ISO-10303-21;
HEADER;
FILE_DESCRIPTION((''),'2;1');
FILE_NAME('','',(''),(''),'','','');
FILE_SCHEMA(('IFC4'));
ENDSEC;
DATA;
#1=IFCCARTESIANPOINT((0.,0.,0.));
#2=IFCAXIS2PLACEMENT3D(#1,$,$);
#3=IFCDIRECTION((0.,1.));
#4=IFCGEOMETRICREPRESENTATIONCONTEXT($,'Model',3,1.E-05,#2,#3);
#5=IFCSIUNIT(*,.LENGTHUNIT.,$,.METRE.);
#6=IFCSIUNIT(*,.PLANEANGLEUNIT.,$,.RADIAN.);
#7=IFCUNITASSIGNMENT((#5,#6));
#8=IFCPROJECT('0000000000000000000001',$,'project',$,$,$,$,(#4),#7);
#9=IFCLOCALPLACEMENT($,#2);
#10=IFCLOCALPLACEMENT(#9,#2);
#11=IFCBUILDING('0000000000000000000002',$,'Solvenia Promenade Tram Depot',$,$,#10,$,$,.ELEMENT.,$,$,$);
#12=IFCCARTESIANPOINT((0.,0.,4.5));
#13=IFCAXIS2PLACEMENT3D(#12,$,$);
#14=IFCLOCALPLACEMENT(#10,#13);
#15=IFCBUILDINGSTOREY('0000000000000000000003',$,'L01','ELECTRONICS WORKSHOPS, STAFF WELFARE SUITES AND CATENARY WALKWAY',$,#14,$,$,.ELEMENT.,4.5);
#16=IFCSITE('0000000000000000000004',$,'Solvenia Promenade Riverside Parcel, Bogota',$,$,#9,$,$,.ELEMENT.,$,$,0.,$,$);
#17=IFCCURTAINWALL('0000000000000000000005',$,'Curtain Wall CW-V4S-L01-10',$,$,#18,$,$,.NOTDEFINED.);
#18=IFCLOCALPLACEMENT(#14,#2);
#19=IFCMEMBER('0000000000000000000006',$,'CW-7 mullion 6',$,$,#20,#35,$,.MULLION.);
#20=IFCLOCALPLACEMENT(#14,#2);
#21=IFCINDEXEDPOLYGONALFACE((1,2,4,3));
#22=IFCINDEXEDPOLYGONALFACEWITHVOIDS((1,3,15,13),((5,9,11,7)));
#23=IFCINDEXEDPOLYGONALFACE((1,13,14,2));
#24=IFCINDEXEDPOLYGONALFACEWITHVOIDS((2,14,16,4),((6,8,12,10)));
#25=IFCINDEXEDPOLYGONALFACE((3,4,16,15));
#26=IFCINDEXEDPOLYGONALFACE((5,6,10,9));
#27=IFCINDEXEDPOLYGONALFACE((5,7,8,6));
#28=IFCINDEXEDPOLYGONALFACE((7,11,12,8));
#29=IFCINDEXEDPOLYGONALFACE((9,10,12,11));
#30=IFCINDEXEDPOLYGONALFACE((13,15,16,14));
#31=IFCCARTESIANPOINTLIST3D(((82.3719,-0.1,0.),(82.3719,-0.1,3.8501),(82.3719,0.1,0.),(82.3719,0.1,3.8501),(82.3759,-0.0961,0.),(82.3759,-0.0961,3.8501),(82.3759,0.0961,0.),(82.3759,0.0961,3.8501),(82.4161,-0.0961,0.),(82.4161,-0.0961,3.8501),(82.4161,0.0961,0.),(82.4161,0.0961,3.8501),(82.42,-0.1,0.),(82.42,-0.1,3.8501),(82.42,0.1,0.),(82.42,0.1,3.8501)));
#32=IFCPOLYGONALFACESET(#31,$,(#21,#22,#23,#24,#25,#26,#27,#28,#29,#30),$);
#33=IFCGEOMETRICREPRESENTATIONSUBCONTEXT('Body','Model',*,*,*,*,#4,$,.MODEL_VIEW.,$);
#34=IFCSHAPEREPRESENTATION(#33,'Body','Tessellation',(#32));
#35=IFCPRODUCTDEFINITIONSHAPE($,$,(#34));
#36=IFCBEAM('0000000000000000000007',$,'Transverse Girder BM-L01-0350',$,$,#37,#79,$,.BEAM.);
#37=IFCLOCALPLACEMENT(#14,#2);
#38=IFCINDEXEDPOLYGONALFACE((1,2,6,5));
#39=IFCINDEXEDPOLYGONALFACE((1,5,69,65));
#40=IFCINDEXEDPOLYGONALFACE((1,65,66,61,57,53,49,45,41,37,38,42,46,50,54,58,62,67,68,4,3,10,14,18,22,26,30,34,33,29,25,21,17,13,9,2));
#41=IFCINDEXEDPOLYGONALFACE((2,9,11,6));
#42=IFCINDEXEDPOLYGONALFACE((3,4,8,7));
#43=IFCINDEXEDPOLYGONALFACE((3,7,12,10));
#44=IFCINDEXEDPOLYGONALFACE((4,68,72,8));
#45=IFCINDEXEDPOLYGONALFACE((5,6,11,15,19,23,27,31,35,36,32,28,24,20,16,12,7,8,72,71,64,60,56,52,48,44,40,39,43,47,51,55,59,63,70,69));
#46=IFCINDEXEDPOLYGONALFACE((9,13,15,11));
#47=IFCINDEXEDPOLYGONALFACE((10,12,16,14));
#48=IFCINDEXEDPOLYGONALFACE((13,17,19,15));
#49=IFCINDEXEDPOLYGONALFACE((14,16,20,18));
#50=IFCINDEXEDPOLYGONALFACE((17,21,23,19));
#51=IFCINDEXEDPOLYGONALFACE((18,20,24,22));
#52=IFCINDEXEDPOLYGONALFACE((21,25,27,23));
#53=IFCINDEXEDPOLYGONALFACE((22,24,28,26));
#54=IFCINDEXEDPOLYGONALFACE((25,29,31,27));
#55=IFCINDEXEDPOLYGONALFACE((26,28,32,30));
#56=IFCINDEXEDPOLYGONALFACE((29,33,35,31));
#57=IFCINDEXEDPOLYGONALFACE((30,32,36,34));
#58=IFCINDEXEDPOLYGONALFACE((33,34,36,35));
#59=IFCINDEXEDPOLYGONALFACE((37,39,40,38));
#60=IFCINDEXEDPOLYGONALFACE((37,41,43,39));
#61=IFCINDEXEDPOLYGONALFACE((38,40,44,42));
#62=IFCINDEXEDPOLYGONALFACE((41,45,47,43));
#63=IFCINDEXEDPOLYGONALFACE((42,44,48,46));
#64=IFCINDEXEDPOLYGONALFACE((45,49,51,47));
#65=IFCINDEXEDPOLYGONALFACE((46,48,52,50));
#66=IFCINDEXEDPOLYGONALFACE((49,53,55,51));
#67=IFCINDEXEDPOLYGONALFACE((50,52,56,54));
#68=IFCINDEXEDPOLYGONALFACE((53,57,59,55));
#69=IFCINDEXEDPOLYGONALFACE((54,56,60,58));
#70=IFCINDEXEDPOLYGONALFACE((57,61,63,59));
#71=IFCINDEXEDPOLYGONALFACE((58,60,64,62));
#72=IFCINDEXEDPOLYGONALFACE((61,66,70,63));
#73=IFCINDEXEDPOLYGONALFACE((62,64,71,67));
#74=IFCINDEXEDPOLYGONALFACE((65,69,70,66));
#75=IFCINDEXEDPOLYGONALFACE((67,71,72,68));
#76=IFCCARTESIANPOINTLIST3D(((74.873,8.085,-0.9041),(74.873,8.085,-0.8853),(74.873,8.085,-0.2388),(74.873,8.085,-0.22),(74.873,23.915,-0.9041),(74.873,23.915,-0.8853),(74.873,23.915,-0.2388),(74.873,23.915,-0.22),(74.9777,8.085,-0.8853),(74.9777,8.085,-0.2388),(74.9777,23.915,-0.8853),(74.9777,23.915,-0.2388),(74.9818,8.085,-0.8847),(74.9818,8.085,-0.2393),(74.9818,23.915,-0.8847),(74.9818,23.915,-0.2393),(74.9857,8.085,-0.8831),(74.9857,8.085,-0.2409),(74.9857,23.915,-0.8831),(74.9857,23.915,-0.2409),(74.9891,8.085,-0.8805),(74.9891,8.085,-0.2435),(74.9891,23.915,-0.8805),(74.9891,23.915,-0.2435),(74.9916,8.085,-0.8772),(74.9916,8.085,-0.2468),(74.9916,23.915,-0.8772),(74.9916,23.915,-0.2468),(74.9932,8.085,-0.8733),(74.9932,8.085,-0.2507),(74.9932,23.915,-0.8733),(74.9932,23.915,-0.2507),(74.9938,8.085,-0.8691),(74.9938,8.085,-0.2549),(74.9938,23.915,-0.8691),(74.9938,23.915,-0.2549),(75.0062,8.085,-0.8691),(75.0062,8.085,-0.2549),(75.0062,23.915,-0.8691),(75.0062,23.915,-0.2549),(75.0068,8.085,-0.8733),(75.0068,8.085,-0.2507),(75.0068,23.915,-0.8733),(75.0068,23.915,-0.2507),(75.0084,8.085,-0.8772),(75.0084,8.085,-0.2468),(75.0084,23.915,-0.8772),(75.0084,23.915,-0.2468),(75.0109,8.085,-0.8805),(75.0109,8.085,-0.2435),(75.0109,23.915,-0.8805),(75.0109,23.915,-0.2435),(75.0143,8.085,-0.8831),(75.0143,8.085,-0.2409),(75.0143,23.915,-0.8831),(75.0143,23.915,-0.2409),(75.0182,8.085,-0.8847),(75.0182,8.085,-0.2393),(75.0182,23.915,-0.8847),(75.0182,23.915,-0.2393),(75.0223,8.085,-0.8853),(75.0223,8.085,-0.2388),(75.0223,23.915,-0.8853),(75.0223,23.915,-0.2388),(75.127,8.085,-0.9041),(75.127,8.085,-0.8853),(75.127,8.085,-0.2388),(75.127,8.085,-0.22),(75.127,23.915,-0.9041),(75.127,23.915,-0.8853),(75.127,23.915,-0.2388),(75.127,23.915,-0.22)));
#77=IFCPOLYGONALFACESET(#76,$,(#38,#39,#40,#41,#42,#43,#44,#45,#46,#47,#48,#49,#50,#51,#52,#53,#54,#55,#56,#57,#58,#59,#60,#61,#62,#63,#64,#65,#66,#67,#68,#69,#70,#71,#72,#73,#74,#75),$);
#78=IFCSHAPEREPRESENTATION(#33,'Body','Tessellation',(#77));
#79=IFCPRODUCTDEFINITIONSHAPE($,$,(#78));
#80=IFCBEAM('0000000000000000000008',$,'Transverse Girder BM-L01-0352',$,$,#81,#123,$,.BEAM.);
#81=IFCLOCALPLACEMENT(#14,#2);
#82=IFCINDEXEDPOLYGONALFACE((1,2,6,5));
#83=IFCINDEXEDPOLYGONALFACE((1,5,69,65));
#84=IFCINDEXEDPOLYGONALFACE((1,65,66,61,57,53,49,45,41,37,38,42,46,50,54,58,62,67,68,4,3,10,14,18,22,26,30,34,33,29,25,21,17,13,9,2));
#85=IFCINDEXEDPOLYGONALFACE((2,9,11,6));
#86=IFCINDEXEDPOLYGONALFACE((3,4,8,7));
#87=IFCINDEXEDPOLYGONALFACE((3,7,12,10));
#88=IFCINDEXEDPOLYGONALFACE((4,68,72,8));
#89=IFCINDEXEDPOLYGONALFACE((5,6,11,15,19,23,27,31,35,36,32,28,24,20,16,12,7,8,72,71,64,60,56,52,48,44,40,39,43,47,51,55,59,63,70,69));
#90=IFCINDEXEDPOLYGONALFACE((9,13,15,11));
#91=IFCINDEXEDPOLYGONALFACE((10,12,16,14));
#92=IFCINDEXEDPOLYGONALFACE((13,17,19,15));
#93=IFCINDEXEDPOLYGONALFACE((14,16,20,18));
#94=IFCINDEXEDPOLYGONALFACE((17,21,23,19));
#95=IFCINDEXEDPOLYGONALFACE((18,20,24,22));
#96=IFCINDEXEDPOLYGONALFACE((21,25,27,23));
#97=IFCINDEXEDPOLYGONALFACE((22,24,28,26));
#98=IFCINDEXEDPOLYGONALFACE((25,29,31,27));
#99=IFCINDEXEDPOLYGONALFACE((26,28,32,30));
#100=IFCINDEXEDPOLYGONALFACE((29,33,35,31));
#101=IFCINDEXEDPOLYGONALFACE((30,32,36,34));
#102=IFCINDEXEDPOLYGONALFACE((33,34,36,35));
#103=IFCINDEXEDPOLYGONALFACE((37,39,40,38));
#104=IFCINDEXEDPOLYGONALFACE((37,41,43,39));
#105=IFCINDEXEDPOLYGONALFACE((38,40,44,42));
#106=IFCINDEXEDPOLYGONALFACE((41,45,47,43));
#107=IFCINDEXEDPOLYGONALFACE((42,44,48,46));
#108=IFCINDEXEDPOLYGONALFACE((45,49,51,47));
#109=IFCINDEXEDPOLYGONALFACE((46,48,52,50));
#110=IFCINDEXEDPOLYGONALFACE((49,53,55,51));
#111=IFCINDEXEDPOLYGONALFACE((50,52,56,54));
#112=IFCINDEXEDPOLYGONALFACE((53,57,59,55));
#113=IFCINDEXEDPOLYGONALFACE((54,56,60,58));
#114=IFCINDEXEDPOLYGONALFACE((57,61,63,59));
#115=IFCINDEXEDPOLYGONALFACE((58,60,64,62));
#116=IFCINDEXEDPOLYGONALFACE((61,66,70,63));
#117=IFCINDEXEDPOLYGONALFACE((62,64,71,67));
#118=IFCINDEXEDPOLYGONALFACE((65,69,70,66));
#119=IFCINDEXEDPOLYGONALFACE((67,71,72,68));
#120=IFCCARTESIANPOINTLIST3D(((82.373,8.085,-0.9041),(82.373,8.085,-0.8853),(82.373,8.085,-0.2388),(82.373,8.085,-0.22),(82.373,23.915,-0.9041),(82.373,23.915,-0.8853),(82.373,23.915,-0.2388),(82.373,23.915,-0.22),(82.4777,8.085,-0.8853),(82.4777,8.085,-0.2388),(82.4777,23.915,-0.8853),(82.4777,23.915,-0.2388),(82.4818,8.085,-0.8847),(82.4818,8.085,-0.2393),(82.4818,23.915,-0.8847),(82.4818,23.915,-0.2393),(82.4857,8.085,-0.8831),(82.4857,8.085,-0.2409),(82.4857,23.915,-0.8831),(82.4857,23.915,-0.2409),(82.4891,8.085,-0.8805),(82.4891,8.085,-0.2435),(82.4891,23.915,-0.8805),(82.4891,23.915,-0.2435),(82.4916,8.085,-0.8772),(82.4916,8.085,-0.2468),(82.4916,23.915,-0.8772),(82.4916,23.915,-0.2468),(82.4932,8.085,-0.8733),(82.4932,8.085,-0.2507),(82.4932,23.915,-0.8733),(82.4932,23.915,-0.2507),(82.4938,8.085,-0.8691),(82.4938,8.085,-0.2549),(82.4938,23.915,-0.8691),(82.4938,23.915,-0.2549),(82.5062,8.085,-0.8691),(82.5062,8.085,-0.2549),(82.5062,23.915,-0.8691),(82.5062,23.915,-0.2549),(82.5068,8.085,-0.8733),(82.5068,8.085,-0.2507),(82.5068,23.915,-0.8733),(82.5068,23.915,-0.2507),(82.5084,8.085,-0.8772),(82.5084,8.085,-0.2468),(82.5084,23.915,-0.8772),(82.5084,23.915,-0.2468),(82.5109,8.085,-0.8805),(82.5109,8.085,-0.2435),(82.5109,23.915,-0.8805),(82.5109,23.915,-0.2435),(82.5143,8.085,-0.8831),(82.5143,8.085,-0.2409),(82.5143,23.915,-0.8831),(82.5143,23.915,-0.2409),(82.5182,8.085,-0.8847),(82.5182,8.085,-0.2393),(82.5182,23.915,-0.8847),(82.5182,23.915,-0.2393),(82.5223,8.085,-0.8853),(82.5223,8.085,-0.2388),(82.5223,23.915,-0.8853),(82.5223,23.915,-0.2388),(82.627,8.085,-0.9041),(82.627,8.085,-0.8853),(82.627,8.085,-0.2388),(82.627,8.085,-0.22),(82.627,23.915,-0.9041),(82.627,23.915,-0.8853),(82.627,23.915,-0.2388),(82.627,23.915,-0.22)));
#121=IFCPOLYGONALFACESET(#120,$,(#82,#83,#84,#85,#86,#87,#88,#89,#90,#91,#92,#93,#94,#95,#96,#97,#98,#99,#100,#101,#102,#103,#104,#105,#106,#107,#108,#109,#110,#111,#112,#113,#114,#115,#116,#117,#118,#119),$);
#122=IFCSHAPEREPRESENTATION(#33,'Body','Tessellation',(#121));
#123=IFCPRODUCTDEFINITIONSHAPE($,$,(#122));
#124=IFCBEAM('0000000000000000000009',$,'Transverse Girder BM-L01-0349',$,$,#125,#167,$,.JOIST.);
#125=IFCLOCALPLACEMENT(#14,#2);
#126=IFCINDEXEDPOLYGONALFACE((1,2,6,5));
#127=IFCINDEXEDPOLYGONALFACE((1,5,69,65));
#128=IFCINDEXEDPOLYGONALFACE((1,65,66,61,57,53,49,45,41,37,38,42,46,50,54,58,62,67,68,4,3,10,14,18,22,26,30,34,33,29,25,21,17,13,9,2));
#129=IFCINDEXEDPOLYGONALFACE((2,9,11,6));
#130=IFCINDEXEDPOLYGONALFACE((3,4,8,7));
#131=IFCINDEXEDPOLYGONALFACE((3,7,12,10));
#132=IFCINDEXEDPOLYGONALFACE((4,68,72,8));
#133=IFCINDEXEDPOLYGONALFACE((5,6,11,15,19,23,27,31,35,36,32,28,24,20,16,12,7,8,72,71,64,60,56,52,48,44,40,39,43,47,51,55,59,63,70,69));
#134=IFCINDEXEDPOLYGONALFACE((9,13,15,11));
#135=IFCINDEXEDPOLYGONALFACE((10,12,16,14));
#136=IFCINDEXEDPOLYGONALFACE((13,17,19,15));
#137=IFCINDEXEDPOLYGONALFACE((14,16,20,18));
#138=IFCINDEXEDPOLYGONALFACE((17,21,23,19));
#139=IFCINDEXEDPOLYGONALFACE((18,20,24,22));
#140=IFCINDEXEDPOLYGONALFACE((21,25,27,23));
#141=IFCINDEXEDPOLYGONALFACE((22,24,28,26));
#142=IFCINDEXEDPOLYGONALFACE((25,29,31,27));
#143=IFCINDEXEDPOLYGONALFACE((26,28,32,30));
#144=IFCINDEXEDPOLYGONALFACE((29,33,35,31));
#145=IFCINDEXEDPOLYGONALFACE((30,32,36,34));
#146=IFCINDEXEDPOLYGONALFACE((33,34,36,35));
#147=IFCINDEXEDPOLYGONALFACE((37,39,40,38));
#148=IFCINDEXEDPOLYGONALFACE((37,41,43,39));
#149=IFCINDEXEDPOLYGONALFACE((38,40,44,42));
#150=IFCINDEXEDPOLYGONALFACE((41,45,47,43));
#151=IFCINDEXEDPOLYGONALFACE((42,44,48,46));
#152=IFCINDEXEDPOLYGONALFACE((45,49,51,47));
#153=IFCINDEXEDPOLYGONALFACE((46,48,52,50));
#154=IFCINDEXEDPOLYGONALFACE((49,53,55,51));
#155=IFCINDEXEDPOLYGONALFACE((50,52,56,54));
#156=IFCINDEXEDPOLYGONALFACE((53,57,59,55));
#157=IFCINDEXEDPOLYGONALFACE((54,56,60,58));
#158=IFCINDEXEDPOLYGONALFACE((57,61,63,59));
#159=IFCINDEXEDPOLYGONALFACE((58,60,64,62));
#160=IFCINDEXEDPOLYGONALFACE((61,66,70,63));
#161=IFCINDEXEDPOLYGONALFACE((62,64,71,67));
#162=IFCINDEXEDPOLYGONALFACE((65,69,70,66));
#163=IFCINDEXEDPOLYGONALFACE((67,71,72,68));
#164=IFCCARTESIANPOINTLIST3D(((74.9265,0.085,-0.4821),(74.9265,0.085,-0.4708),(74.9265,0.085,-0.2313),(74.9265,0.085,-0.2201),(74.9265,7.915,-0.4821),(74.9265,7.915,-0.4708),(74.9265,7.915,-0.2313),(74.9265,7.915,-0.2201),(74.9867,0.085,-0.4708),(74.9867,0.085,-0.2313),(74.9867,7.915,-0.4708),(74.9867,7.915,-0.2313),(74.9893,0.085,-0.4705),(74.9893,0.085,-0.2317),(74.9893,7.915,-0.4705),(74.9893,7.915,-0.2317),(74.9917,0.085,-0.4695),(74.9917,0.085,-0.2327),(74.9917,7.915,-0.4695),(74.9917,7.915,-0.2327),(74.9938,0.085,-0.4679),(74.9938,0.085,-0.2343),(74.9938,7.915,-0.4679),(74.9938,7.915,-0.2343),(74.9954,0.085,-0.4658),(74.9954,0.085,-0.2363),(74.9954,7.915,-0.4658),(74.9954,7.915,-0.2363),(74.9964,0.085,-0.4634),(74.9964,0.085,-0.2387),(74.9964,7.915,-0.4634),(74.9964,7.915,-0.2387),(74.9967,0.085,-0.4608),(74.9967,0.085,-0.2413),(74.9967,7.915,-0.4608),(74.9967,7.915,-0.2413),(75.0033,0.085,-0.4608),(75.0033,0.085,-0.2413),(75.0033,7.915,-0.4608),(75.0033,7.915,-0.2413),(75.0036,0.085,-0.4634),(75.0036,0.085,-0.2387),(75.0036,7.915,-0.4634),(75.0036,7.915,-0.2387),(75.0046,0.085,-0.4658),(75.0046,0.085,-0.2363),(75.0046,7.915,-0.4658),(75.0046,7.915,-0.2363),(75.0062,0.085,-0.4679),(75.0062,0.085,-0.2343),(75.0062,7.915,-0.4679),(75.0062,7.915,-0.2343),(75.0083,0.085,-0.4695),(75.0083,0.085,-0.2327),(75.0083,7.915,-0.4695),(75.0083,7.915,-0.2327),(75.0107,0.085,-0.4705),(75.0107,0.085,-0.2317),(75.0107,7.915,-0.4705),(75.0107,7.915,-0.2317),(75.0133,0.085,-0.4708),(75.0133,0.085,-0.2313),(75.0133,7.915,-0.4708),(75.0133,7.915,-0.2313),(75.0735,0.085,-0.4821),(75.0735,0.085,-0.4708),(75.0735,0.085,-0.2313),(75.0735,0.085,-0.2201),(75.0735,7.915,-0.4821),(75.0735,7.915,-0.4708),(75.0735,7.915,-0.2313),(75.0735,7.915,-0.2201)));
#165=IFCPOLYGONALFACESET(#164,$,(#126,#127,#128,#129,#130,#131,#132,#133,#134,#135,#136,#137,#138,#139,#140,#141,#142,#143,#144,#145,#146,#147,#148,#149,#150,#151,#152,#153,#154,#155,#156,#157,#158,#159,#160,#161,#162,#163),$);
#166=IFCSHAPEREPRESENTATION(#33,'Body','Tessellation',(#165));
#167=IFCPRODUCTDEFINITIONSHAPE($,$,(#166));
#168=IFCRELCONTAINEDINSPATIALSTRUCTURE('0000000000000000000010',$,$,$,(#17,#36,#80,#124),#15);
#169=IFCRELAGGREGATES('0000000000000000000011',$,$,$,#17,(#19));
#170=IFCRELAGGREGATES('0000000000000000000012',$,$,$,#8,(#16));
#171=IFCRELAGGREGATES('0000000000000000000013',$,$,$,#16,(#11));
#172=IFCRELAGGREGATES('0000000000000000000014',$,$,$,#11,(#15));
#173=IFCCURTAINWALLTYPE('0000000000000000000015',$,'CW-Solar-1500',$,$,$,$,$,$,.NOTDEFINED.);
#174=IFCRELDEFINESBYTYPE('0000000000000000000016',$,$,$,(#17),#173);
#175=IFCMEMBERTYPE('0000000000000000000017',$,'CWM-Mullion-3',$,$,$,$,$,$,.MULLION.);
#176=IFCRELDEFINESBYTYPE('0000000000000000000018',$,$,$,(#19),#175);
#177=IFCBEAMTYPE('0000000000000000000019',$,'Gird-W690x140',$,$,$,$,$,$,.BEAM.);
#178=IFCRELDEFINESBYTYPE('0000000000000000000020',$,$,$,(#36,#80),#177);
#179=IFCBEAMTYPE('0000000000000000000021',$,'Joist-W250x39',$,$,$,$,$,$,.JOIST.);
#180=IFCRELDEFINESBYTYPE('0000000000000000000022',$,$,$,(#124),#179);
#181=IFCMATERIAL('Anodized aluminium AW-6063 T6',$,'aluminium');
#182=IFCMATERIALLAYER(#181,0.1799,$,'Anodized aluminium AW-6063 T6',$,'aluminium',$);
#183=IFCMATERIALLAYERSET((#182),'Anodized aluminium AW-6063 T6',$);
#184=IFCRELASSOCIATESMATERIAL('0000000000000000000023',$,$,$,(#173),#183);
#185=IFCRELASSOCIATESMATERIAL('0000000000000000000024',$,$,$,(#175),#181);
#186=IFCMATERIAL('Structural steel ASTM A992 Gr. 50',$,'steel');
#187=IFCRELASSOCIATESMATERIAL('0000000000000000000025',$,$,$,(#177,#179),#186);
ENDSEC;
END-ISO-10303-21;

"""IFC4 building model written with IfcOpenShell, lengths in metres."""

from ifc_helpers import new_model, si_unit, direction, frame, origin, origin_2d, place, context, subcontext, project, spatial, hollow_rectangle, i_section, extrude, material, layer, layer_set, material_profile, profile_set, type_object, element, aggregate, save


model = new_model("IFC4")

# Units and contexts
model_context = context("Model", 3, precision=1e-05, world=origin(), true_north=direction((0.0, 1.0)))
body_context = subcontext(model_context, "Body", "Model", "MODEL_VIEW")
ifc_project = project(units=[si_unit("LENGTHUNIT", "METRE"), si_unit("PLANEANGLEUNIT", "RADIAN")], contexts=[model_context])

# Site, building, storey
site_placement = place(None, origin())
site = spatial("IfcSite", under=ifc_project, at=site_placement, Name="Solvenia Promenade Riverside Parcel, Bogota", CompositionType="ELEMENT", RefElevation=0.0)
building_placement = place(site_placement, origin())
building = spatial("IfcBuilding", under=site, at=building_placement, Name="Solvenia Promenade Tram Depot", CompositionType="ELEMENT")
storey_placement = place(building_placement, frame((0.0, 0.0, 4.5)))
storey = spatial("IfcBuildingStorey", under=building, at=storey_placement, Name="L01", Description="ELECTRONICS WORKSHOPS, STAFF WELFARE SUITES AND CATENARY WALKWAY", CompositionType="ELEMENT", Elevation=4.5)

# Shared definitions
ifc_material_1 = material(Name="Structural steel ASTM A992 Gr. 50", Category="steel")

# Curtain wall, member
ifc_material_2 = material(Name="Anodized aluminium AW-6063 T6", Category="aluminium")
ifc_layer_1 = layer(ifc_material_2, 0.1799, Name="Anodized aluminium AW-6063 T6", Category="aluminium")
ifc_layer_set_1 = layer_set([ifc_layer_1], Name="Anodized aluminium AW-6063 T6")
curtain_wall_type = type_object("IfcCurtainWallType", Name="CW-Solar-1500", PredefinedType="NOTDEFINED", material=ifc_layer_set_1)
curtain_wall_placement = place(storey_placement, origin())
curtain_wall = element("IfcCurtainWall", 1, at=curtain_wall_placement, inside=storey, type_object=curtain_wall_type, Name="Curtain Wall CW-V4S-L01-10", PredefinedType="NOTDEFINED")
ifc_material_profile_1 = material_profile(ifc_material_2, hollow_rectangle(XDim=0.2, YDim=0.0481, WallThickness=0.0039, at=origin_2d()), Name="ALU-M3", Category="aluminium")
ifc_profile_set_1 = profile_set([ifc_material_profile_1], Name="Anodized aluminium AW-6063 T6")
member_type = type_object("IfcMemberType", Name="CWM-Mullion-3", PredefinedType="MULLION", material=ifc_profile_set_1)
member_placement = place(storey_placement, frame((82.396, 0.0, 0.0), z_axis=(0.0, 0.0, 1.0), x_axis=(0.0, 1.0, 0.0)))
member = element("IfcMember", 2, at=member_placement, type_object=member_type, Name="CW-7 mullion 6", PredefinedType="MULLION", context=body_context, shape_type="SweptSolid", body=[
    extrude(hollow_rectangle(XDim=0.2, YDim=0.0481, WallThickness=0.0039, at=origin_2d()), origin(), (0.0, 0.0, 1.0), 3.8501),
])

# Beams
ifc_material_profile_2 = material_profile(ifc_material_1, i_section(OverallWidth=0.2539, OverallDepth=0.6841, WebThickness=0.0125, FlangeThickness=0.0188, FilletRadius=0.0161, at=origin_2d()), Name="W690x140", Category="steel")
ifc_profile_set_2 = profile_set([ifc_material_profile_2], Name="Structural steel ASTM A992 Gr. 50")
beam_type_1 = type_object("IfcBeamType", Name="Gird-W690x140", PredefinedType="BEAM", material=ifc_profile_set_2)
for number, where, z_axis, x_axis, name in (
    (3, (75.0, 8.085, -0.562), (0.0, 1.0, 0.0), (-1.0, 0.0, 0.0), "Transverse Girder BM-L01-0350"),
    (4, (82.5, 8.085, -0.562), (0.0, 1.0, 0.0), (-1.0, 0.0, 0.0), "Transverse Girder BM-L01-0352"),
):
    element("IfcBeam", number, at=place(storey_placement, frame(where, z_axis=z_axis, x_axis=x_axis)), inside=storey, type_object=beam_type_1, Name=name, PredefinedType="BEAM", context=body_context, shape_type="SweptSolid", body=[
        extrude(i_section(OverallWidth=0.2539, OverallDepth=0.6841, WebThickness=0.0125, FlangeThickness=0.0188, FilletRadius=0.0161, at=origin_2d()), origin(), (0.0, 0.0, 1.0), 15.8301),
    ])
ifc_material_profile_3 = material_profile(ifc_material_1, i_section(OverallWidth=0.147, OverallDepth=0.262, WebThickness=0.0066, FlangeThickness=0.0112, FilletRadius=0.01, at=origin_2d()), Name="W250x39", Category="steel")
ifc_profile_set_3 = profile_set([ifc_material_profile_3], Name="Structural steel ASTM A992 Gr. 50")
beam_type_2 = type_object("IfcBeamType", Name="Joist-W250x39", PredefinedType="JOIST", material=ifc_profile_set_3)
for number, where, z_axis, x_axis, name in (
    (5, (75.0, 0.085, -0.3511), (0.0, 1.0, 0.0), (-1.0, 0.0, 0.0), "Transverse Girder BM-L01-0349"),
):
    element("IfcBeam", number, at=place(storey_placement, frame(where, z_axis=z_axis, x_axis=x_axis)), inside=storey, type_object=beam_type_2, Name=name, PredefinedType="JOIST", context=body_context, shape_type="SweptSolid", body=[
        extrude(i_section(OverallWidth=0.147, OverallDepth=0.262, WebThickness=0.0066, FlangeThickness=0.0112, FilletRadius=0.01, at=origin_2d()), origin(), (0.0, 0.0, 1.0), 7.8301),
    ])

aggregate(curtain_wall, [member])

save(model, "model.ifc")
